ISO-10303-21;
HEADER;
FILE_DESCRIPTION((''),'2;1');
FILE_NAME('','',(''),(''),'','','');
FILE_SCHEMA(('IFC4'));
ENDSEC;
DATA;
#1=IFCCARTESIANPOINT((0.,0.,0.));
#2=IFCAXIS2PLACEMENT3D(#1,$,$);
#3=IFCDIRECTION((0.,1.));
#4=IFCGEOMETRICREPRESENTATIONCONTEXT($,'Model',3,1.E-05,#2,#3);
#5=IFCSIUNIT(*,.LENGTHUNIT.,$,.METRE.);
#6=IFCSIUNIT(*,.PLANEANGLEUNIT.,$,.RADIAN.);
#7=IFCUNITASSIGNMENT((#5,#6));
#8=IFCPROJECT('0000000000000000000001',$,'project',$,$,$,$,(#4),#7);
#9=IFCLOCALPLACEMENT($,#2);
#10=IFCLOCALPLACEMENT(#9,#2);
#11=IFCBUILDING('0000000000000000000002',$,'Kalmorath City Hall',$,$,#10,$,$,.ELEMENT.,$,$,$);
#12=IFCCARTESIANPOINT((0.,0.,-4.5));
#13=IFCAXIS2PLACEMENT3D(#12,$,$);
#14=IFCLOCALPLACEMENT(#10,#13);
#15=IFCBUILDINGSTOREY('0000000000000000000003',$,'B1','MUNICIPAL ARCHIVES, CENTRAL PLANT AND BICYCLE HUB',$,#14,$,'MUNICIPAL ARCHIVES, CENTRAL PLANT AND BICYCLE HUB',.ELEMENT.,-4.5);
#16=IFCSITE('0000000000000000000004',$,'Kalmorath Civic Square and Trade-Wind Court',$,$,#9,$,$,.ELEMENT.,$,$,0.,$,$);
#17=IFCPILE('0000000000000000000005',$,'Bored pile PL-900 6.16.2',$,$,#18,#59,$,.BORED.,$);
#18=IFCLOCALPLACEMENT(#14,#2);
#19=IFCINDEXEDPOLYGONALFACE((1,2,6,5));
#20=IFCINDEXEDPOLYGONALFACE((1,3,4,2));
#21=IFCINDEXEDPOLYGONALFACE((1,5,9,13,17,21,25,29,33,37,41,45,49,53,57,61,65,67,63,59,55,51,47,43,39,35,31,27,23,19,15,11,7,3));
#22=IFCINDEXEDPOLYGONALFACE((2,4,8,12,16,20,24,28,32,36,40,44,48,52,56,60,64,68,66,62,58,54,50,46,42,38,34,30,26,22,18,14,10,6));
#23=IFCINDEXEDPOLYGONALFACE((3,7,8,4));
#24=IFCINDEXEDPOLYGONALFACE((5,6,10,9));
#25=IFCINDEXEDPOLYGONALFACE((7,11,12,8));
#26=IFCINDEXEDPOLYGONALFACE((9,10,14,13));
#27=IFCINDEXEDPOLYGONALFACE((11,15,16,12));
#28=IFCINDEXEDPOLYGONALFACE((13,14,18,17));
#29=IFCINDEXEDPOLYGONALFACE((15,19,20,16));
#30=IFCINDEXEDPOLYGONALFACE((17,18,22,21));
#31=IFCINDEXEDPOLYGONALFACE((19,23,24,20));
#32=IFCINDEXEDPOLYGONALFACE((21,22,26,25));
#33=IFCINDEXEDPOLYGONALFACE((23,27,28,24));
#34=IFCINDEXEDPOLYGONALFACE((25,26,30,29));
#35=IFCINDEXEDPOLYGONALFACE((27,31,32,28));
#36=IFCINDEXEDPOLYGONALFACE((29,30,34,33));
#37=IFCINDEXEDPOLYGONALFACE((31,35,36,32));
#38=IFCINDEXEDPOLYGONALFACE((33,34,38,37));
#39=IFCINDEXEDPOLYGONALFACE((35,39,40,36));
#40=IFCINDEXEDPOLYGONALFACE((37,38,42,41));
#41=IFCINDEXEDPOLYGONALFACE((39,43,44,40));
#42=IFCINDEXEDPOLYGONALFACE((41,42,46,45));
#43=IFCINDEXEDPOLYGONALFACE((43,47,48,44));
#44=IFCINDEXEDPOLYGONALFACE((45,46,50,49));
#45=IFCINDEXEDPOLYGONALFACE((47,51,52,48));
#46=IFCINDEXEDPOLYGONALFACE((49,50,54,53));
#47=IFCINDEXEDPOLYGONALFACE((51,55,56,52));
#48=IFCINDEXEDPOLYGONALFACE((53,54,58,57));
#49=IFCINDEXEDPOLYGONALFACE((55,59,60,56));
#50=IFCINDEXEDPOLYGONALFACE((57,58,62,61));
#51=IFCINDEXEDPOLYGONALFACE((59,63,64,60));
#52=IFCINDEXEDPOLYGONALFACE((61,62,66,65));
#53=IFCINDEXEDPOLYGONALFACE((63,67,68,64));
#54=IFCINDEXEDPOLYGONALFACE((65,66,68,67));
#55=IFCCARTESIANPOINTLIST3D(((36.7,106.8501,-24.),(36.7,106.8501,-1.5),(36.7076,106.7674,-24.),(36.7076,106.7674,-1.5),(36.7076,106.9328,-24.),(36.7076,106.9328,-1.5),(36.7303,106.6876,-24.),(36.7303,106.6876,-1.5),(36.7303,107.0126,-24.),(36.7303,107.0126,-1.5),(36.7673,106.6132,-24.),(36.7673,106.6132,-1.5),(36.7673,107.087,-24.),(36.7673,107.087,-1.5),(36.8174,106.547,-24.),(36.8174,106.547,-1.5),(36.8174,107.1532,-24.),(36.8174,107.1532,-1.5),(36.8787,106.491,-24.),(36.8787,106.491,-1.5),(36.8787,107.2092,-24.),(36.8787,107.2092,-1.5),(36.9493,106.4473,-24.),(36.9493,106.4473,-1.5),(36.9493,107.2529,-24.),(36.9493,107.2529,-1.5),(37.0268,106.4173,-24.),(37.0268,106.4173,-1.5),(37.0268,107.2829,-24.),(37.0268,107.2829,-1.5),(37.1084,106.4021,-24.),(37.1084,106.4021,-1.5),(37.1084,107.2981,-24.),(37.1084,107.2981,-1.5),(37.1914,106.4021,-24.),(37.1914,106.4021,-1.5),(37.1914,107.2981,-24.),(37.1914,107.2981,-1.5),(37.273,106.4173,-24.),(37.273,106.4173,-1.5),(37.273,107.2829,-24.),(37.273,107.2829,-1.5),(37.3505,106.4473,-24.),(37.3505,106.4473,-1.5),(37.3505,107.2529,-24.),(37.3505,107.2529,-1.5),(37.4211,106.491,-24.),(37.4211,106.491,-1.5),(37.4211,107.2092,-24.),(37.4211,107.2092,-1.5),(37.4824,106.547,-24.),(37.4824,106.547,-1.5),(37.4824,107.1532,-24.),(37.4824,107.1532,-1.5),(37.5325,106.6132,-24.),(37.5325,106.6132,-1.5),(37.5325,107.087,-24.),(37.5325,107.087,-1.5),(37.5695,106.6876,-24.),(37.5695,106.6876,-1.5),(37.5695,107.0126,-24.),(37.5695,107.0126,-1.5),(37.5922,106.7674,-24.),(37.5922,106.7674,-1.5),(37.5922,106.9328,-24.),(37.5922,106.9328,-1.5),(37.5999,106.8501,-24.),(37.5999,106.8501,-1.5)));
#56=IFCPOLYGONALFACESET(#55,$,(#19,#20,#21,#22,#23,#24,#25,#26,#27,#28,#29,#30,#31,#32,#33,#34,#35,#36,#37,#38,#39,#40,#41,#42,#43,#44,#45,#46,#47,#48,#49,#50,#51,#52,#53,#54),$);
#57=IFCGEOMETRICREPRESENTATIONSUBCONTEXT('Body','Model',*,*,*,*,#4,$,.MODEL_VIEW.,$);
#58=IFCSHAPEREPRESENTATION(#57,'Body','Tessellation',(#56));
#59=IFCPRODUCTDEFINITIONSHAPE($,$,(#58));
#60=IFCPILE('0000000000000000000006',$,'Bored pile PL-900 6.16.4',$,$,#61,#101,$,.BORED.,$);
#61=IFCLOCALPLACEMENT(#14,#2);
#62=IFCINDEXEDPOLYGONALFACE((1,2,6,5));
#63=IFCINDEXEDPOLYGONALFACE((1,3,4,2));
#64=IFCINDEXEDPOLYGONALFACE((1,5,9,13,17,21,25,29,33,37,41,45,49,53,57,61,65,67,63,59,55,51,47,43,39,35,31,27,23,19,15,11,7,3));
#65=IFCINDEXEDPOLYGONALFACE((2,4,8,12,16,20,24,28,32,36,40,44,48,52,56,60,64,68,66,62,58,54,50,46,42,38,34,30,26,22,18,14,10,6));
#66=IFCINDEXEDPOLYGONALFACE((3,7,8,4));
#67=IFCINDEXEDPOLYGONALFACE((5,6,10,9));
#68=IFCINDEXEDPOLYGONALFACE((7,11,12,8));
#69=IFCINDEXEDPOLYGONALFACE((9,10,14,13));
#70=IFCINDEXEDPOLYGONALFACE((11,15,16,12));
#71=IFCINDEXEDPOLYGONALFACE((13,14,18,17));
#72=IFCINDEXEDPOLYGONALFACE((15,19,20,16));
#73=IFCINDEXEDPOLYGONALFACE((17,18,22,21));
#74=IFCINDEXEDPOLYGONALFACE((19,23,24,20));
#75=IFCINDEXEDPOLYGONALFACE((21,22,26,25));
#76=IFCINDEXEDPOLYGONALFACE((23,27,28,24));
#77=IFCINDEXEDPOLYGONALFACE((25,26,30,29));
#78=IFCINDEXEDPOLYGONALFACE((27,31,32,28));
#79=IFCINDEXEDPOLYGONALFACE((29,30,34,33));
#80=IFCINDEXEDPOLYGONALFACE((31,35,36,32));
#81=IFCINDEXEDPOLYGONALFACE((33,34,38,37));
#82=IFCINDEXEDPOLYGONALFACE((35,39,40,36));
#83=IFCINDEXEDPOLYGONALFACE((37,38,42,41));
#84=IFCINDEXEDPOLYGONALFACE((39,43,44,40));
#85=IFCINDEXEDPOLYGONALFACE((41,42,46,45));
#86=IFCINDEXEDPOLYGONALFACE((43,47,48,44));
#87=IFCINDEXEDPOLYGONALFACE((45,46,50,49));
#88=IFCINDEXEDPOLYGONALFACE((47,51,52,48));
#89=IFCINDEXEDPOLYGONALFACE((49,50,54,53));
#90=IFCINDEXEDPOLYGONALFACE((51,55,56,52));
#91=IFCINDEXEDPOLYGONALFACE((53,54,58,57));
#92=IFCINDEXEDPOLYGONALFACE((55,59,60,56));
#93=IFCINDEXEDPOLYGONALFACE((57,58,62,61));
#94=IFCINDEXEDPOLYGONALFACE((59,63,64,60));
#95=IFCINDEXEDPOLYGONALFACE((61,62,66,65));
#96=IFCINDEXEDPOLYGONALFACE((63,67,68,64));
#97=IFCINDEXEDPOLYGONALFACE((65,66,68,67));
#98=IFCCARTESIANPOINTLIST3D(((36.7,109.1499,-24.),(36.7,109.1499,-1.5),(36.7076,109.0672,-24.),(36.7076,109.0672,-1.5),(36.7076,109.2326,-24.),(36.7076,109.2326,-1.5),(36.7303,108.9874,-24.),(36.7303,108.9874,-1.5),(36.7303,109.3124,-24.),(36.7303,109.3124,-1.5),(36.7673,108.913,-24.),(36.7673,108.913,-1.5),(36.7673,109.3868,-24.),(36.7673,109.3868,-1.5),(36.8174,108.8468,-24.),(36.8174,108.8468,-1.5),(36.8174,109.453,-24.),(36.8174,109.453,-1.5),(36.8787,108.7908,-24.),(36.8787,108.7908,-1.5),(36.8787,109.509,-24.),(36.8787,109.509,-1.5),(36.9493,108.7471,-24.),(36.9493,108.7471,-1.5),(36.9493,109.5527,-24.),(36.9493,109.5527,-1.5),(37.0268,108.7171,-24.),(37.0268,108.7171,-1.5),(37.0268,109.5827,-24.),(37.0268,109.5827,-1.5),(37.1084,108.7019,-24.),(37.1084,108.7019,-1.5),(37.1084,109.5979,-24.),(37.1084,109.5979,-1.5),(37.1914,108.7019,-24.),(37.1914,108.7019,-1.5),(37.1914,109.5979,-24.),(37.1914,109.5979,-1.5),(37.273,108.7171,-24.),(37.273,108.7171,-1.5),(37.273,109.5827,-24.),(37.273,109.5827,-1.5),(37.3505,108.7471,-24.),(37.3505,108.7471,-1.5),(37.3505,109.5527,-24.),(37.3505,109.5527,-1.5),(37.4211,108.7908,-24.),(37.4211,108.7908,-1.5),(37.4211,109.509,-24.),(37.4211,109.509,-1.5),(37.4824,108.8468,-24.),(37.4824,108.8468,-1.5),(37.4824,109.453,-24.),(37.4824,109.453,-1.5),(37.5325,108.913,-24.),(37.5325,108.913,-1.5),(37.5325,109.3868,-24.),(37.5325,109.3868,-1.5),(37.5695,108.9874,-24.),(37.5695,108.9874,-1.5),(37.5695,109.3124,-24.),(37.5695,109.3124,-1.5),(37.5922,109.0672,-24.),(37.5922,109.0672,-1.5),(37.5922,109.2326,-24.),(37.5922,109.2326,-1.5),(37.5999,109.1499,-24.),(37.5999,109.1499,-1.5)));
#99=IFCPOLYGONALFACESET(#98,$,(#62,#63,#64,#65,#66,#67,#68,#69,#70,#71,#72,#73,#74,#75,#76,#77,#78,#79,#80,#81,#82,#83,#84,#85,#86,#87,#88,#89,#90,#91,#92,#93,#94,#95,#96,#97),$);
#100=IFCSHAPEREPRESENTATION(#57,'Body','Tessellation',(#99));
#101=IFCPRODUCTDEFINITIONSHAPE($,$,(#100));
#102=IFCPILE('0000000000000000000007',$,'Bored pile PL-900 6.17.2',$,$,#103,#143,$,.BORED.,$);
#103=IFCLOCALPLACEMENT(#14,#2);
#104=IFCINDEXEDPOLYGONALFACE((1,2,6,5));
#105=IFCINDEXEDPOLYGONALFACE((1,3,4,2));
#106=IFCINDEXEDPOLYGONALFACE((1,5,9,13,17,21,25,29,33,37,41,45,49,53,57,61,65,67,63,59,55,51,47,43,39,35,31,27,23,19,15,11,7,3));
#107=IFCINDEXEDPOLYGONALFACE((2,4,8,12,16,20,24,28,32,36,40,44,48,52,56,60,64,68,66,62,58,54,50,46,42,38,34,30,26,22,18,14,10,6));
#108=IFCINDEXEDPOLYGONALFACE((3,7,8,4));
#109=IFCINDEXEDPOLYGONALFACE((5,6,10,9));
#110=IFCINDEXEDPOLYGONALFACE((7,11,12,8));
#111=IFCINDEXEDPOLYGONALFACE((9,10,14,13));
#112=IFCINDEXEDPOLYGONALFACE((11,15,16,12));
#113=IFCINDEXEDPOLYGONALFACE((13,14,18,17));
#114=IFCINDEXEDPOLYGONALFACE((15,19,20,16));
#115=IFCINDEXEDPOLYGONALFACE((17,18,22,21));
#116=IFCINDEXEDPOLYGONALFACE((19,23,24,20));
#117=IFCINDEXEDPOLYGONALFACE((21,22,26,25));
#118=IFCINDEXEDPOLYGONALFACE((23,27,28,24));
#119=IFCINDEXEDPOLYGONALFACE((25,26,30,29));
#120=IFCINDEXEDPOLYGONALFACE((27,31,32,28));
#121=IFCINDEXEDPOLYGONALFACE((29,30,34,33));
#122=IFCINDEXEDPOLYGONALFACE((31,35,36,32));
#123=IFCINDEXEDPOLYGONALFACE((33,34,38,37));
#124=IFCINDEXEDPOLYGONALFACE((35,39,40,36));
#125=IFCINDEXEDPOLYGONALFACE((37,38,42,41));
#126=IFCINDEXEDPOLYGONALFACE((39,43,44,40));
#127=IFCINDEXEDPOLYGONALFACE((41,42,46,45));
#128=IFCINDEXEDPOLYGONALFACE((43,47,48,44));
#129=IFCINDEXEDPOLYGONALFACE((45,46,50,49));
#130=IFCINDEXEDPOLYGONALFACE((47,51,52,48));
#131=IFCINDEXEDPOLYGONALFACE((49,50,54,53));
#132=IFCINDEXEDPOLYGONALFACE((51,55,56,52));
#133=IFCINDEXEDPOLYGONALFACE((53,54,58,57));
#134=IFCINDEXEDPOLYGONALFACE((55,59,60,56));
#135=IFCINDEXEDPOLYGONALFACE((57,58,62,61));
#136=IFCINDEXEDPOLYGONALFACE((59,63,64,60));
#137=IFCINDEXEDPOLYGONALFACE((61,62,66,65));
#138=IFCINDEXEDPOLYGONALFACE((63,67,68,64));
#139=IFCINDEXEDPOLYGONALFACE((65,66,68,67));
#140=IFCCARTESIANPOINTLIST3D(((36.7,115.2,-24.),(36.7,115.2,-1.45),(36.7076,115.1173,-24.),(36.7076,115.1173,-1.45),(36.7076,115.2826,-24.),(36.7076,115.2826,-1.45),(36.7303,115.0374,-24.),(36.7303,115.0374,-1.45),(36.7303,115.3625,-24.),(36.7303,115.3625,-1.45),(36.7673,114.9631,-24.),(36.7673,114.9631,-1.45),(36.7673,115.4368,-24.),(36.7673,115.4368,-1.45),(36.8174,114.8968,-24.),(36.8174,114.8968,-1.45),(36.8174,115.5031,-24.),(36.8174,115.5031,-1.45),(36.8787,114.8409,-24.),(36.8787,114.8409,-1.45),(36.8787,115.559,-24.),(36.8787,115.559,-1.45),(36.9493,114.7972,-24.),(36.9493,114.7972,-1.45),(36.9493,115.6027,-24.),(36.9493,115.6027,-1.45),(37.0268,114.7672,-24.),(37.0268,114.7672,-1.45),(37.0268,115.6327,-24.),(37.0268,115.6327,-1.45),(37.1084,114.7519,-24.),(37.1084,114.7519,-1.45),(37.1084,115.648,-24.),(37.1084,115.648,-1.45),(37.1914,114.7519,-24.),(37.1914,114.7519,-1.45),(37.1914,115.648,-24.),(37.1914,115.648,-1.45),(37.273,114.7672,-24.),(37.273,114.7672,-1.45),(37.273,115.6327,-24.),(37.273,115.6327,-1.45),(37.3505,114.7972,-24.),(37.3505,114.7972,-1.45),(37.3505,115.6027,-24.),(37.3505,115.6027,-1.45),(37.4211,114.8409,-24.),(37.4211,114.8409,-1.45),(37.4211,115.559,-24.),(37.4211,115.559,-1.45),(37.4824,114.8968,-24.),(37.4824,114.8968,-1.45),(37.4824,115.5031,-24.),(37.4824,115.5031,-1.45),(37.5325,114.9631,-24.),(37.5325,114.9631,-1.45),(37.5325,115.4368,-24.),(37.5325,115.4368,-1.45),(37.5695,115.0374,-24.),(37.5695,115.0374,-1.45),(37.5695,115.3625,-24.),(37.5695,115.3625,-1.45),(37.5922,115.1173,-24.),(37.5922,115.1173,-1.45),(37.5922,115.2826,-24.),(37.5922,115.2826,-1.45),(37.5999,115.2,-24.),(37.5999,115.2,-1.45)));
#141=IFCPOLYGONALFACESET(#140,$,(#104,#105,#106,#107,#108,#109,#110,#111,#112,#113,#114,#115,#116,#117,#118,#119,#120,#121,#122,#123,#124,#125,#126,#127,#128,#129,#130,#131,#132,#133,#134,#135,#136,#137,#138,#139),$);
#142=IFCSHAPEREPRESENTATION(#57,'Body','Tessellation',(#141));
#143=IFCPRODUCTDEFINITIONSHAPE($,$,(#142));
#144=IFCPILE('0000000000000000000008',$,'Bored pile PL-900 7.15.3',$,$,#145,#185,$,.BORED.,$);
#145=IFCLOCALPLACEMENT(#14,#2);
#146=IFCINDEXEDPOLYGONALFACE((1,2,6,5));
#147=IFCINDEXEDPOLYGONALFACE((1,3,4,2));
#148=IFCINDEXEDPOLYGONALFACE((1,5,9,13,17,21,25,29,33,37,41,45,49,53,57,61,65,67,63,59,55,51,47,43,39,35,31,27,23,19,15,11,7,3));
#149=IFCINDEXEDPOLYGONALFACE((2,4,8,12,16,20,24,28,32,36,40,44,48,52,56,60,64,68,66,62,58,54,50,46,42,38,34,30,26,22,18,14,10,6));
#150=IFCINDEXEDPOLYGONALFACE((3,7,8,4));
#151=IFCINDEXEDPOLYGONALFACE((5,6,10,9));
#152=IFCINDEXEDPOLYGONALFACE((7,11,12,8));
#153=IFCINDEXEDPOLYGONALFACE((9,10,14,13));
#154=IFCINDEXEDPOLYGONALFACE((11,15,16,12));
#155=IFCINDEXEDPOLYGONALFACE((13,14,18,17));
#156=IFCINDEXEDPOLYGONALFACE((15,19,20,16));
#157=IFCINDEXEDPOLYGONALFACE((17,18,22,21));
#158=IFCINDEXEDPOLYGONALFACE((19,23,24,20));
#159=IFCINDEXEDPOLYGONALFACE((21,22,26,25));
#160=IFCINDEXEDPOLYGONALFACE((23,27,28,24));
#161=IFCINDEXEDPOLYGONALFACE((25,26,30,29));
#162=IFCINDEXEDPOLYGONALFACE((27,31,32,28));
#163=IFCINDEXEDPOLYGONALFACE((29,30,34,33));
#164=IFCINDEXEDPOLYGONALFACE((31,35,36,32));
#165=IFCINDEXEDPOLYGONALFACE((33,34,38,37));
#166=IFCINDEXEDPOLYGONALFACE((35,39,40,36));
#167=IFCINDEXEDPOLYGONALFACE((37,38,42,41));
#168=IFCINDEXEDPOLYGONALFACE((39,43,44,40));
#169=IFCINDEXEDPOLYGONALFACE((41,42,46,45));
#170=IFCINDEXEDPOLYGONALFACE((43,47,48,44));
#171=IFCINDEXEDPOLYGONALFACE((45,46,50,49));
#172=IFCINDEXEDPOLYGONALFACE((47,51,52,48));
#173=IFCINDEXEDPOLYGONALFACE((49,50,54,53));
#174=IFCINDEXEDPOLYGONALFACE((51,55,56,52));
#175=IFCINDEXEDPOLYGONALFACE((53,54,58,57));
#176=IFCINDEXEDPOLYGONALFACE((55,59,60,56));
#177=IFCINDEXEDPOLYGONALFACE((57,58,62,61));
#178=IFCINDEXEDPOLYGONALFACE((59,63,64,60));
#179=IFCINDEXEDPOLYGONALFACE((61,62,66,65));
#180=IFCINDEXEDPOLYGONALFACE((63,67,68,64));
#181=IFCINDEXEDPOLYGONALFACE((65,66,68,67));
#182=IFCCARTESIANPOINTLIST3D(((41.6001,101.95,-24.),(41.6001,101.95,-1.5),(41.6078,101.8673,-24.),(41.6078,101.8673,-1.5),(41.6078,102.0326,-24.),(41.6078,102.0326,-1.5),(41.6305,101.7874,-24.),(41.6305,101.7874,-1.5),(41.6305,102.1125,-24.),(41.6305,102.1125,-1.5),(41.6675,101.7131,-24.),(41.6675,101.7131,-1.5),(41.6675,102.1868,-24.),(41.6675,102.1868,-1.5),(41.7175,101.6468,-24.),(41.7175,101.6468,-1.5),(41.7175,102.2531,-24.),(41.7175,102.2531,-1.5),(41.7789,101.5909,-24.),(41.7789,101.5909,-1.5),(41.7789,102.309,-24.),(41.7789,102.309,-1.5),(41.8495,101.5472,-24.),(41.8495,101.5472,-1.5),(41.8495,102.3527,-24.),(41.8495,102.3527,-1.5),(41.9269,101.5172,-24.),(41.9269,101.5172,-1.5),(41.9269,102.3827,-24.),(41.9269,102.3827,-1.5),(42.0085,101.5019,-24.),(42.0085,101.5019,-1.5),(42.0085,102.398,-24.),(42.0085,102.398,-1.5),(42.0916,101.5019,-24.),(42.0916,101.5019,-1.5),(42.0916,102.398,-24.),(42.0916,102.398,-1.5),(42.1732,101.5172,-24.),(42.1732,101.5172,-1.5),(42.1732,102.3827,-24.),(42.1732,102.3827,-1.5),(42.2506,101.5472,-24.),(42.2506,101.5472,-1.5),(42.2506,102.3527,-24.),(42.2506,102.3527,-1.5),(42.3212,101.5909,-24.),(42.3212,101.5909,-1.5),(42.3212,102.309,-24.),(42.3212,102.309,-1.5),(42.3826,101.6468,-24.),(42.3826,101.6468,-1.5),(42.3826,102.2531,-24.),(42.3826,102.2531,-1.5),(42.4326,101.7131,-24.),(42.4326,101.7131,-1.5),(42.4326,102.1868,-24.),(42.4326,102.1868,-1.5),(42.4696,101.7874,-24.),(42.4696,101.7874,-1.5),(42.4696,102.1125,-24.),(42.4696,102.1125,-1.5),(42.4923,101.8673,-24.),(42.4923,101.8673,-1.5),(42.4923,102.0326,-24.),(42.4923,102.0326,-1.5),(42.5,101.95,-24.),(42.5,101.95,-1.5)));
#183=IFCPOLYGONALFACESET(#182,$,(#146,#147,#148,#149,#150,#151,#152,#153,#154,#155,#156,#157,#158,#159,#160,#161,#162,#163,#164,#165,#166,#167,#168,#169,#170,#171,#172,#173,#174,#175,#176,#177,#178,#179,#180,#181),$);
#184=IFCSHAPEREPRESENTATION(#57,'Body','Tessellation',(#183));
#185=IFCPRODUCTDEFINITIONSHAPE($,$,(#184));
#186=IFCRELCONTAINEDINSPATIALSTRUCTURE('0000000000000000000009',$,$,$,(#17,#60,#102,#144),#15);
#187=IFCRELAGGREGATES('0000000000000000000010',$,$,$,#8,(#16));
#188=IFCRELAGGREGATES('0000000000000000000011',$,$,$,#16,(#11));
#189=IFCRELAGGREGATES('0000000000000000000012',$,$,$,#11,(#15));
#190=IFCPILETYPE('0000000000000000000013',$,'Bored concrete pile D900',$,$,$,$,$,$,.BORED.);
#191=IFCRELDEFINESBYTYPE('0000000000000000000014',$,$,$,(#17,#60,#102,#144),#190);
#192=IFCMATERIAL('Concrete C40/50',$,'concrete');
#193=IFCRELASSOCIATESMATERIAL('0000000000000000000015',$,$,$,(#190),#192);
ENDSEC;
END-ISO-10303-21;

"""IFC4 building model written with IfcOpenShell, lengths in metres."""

from ifc_helpers import new_model, si_unit, direction, frame, origin, origin_2d, place, context, subcontext, project, spatial, circle, extrude, material, material_profile, profile_set, type_object, element, save


model = new_model("IFC4")

# Units and contexts
model_context = context("Model", 3, precision=1e-05, world=origin(), true_north=direction((0.0, 1.0)))
body_context = subcontext(model_context, "Body", "Model", "MODEL_VIEW")
ifc_project = project(units=[si_unit("LENGTHUNIT", "METRE"), si_unit("PLANEANGLEUNIT", "RADIAN")], contexts=[model_context])

# Site, building, storey
site_placement = place(None, origin())
site = spatial("IfcSite", under=ifc_project, at=site_placement, Name="Kalmorath Civic Square and Trade-Wind Court", CompositionType="ELEMENT", RefElevation=0.0)
building_placement = place(site_placement, origin())
building = spatial("IfcBuilding", under=site, at=building_placement, Name="Kalmorath City Hall", CompositionType="ELEMENT")
storey_placement = place(building_placement, frame((0.0, 0.0, -4.5)))
storey = spatial("IfcBuildingStorey", under=building, at=storey_placement, Name="B1", Description="MUNICIPAL ARCHIVES, CENTRAL PLANT AND BICYCLE HUB", LongName="MUNICIPAL ARCHIVES, CENTRAL PLANT AND BICYCLE HUB", CompositionType="ELEMENT", Elevation=-4.5)

# Piles
ifc_material_1 = material(Name="Concrete C40/50", Category="concrete")
ifc_material_profile_1 = material_profile(ifc_material_1, circle(Radius=0.45, at=origin_2d()), Name="PILE-D900")
ifc_profile_set_1 = profile_set([ifc_material_profile_1], Name="Concrete C40/50")
pile_type = type_object("IfcPileType", Name="Bored concrete pile D900", PredefinedType="BORED", material=ifc_profile_set_1)
for number, where, z_axis, x_axis, name in (
    (1, (37.1499, 106.8501, -1.5), (0.0, 0.0, -1.0), (1.0, 0.0, 0.0), "Bored pile PL-900 6.16.2"),
    (2, (37.1499, 109.1499, -1.5), (0.0, 0.0, -1.0), (1.0, 0.0, 0.0), "Bored pile PL-900 6.16.4"),
):
    element("IfcPile", number, at=place(storey_placement, frame(where, z_axis=z_axis, x_axis=x_axis)), inside=storey, type_object=pile_type, Name=name, PredefinedType="BORED", context=body_context, shape_type="SweptSolid", body=[
        extrude(circle(Radius=0.45, at=origin_2d()), origin(), (0.0, 0.0, 1.0), 22.5),
    ])
pile_1_placement = place(storey_placement, frame((37.1499, 115.2, -1.45), z_axis=(0.0, 0.0, -1.0), x_axis=(1.0, 0.0, 0.0)))
element("IfcPile", 3, at=pile_1_placement, inside=storey, type_object=pile_type, Name="Bored pile PL-900 6.17.2", PredefinedType="BORED", context=body_context, shape_type="SweptSolid", body=[
    extrude(circle(Radius=0.45, at=origin_2d()), origin(), (0.0, 0.0, 1.0), 22.55),
])
for number, where, z_axis, x_axis, name in (
    (4, (42.05, 101.95, -1.5), (0.0, 0.0, -1.0), (1.0, 0.0, 0.0), "Bored pile PL-900 7.15.3"),
):
    element("IfcPile", number, at=place(storey_placement, frame(where, z_axis=z_axis, x_axis=x_axis)), inside=storey, type_object=pile_type, Name=name, PredefinedType="BORED", context=body_context, shape_type="SweptSolid", body=[
        extrude(circle(Radius=0.45, at=origin_2d()), origin(), (0.0, 0.0, 1.0), 22.5),
    ])

save(model, "model.ifc")
